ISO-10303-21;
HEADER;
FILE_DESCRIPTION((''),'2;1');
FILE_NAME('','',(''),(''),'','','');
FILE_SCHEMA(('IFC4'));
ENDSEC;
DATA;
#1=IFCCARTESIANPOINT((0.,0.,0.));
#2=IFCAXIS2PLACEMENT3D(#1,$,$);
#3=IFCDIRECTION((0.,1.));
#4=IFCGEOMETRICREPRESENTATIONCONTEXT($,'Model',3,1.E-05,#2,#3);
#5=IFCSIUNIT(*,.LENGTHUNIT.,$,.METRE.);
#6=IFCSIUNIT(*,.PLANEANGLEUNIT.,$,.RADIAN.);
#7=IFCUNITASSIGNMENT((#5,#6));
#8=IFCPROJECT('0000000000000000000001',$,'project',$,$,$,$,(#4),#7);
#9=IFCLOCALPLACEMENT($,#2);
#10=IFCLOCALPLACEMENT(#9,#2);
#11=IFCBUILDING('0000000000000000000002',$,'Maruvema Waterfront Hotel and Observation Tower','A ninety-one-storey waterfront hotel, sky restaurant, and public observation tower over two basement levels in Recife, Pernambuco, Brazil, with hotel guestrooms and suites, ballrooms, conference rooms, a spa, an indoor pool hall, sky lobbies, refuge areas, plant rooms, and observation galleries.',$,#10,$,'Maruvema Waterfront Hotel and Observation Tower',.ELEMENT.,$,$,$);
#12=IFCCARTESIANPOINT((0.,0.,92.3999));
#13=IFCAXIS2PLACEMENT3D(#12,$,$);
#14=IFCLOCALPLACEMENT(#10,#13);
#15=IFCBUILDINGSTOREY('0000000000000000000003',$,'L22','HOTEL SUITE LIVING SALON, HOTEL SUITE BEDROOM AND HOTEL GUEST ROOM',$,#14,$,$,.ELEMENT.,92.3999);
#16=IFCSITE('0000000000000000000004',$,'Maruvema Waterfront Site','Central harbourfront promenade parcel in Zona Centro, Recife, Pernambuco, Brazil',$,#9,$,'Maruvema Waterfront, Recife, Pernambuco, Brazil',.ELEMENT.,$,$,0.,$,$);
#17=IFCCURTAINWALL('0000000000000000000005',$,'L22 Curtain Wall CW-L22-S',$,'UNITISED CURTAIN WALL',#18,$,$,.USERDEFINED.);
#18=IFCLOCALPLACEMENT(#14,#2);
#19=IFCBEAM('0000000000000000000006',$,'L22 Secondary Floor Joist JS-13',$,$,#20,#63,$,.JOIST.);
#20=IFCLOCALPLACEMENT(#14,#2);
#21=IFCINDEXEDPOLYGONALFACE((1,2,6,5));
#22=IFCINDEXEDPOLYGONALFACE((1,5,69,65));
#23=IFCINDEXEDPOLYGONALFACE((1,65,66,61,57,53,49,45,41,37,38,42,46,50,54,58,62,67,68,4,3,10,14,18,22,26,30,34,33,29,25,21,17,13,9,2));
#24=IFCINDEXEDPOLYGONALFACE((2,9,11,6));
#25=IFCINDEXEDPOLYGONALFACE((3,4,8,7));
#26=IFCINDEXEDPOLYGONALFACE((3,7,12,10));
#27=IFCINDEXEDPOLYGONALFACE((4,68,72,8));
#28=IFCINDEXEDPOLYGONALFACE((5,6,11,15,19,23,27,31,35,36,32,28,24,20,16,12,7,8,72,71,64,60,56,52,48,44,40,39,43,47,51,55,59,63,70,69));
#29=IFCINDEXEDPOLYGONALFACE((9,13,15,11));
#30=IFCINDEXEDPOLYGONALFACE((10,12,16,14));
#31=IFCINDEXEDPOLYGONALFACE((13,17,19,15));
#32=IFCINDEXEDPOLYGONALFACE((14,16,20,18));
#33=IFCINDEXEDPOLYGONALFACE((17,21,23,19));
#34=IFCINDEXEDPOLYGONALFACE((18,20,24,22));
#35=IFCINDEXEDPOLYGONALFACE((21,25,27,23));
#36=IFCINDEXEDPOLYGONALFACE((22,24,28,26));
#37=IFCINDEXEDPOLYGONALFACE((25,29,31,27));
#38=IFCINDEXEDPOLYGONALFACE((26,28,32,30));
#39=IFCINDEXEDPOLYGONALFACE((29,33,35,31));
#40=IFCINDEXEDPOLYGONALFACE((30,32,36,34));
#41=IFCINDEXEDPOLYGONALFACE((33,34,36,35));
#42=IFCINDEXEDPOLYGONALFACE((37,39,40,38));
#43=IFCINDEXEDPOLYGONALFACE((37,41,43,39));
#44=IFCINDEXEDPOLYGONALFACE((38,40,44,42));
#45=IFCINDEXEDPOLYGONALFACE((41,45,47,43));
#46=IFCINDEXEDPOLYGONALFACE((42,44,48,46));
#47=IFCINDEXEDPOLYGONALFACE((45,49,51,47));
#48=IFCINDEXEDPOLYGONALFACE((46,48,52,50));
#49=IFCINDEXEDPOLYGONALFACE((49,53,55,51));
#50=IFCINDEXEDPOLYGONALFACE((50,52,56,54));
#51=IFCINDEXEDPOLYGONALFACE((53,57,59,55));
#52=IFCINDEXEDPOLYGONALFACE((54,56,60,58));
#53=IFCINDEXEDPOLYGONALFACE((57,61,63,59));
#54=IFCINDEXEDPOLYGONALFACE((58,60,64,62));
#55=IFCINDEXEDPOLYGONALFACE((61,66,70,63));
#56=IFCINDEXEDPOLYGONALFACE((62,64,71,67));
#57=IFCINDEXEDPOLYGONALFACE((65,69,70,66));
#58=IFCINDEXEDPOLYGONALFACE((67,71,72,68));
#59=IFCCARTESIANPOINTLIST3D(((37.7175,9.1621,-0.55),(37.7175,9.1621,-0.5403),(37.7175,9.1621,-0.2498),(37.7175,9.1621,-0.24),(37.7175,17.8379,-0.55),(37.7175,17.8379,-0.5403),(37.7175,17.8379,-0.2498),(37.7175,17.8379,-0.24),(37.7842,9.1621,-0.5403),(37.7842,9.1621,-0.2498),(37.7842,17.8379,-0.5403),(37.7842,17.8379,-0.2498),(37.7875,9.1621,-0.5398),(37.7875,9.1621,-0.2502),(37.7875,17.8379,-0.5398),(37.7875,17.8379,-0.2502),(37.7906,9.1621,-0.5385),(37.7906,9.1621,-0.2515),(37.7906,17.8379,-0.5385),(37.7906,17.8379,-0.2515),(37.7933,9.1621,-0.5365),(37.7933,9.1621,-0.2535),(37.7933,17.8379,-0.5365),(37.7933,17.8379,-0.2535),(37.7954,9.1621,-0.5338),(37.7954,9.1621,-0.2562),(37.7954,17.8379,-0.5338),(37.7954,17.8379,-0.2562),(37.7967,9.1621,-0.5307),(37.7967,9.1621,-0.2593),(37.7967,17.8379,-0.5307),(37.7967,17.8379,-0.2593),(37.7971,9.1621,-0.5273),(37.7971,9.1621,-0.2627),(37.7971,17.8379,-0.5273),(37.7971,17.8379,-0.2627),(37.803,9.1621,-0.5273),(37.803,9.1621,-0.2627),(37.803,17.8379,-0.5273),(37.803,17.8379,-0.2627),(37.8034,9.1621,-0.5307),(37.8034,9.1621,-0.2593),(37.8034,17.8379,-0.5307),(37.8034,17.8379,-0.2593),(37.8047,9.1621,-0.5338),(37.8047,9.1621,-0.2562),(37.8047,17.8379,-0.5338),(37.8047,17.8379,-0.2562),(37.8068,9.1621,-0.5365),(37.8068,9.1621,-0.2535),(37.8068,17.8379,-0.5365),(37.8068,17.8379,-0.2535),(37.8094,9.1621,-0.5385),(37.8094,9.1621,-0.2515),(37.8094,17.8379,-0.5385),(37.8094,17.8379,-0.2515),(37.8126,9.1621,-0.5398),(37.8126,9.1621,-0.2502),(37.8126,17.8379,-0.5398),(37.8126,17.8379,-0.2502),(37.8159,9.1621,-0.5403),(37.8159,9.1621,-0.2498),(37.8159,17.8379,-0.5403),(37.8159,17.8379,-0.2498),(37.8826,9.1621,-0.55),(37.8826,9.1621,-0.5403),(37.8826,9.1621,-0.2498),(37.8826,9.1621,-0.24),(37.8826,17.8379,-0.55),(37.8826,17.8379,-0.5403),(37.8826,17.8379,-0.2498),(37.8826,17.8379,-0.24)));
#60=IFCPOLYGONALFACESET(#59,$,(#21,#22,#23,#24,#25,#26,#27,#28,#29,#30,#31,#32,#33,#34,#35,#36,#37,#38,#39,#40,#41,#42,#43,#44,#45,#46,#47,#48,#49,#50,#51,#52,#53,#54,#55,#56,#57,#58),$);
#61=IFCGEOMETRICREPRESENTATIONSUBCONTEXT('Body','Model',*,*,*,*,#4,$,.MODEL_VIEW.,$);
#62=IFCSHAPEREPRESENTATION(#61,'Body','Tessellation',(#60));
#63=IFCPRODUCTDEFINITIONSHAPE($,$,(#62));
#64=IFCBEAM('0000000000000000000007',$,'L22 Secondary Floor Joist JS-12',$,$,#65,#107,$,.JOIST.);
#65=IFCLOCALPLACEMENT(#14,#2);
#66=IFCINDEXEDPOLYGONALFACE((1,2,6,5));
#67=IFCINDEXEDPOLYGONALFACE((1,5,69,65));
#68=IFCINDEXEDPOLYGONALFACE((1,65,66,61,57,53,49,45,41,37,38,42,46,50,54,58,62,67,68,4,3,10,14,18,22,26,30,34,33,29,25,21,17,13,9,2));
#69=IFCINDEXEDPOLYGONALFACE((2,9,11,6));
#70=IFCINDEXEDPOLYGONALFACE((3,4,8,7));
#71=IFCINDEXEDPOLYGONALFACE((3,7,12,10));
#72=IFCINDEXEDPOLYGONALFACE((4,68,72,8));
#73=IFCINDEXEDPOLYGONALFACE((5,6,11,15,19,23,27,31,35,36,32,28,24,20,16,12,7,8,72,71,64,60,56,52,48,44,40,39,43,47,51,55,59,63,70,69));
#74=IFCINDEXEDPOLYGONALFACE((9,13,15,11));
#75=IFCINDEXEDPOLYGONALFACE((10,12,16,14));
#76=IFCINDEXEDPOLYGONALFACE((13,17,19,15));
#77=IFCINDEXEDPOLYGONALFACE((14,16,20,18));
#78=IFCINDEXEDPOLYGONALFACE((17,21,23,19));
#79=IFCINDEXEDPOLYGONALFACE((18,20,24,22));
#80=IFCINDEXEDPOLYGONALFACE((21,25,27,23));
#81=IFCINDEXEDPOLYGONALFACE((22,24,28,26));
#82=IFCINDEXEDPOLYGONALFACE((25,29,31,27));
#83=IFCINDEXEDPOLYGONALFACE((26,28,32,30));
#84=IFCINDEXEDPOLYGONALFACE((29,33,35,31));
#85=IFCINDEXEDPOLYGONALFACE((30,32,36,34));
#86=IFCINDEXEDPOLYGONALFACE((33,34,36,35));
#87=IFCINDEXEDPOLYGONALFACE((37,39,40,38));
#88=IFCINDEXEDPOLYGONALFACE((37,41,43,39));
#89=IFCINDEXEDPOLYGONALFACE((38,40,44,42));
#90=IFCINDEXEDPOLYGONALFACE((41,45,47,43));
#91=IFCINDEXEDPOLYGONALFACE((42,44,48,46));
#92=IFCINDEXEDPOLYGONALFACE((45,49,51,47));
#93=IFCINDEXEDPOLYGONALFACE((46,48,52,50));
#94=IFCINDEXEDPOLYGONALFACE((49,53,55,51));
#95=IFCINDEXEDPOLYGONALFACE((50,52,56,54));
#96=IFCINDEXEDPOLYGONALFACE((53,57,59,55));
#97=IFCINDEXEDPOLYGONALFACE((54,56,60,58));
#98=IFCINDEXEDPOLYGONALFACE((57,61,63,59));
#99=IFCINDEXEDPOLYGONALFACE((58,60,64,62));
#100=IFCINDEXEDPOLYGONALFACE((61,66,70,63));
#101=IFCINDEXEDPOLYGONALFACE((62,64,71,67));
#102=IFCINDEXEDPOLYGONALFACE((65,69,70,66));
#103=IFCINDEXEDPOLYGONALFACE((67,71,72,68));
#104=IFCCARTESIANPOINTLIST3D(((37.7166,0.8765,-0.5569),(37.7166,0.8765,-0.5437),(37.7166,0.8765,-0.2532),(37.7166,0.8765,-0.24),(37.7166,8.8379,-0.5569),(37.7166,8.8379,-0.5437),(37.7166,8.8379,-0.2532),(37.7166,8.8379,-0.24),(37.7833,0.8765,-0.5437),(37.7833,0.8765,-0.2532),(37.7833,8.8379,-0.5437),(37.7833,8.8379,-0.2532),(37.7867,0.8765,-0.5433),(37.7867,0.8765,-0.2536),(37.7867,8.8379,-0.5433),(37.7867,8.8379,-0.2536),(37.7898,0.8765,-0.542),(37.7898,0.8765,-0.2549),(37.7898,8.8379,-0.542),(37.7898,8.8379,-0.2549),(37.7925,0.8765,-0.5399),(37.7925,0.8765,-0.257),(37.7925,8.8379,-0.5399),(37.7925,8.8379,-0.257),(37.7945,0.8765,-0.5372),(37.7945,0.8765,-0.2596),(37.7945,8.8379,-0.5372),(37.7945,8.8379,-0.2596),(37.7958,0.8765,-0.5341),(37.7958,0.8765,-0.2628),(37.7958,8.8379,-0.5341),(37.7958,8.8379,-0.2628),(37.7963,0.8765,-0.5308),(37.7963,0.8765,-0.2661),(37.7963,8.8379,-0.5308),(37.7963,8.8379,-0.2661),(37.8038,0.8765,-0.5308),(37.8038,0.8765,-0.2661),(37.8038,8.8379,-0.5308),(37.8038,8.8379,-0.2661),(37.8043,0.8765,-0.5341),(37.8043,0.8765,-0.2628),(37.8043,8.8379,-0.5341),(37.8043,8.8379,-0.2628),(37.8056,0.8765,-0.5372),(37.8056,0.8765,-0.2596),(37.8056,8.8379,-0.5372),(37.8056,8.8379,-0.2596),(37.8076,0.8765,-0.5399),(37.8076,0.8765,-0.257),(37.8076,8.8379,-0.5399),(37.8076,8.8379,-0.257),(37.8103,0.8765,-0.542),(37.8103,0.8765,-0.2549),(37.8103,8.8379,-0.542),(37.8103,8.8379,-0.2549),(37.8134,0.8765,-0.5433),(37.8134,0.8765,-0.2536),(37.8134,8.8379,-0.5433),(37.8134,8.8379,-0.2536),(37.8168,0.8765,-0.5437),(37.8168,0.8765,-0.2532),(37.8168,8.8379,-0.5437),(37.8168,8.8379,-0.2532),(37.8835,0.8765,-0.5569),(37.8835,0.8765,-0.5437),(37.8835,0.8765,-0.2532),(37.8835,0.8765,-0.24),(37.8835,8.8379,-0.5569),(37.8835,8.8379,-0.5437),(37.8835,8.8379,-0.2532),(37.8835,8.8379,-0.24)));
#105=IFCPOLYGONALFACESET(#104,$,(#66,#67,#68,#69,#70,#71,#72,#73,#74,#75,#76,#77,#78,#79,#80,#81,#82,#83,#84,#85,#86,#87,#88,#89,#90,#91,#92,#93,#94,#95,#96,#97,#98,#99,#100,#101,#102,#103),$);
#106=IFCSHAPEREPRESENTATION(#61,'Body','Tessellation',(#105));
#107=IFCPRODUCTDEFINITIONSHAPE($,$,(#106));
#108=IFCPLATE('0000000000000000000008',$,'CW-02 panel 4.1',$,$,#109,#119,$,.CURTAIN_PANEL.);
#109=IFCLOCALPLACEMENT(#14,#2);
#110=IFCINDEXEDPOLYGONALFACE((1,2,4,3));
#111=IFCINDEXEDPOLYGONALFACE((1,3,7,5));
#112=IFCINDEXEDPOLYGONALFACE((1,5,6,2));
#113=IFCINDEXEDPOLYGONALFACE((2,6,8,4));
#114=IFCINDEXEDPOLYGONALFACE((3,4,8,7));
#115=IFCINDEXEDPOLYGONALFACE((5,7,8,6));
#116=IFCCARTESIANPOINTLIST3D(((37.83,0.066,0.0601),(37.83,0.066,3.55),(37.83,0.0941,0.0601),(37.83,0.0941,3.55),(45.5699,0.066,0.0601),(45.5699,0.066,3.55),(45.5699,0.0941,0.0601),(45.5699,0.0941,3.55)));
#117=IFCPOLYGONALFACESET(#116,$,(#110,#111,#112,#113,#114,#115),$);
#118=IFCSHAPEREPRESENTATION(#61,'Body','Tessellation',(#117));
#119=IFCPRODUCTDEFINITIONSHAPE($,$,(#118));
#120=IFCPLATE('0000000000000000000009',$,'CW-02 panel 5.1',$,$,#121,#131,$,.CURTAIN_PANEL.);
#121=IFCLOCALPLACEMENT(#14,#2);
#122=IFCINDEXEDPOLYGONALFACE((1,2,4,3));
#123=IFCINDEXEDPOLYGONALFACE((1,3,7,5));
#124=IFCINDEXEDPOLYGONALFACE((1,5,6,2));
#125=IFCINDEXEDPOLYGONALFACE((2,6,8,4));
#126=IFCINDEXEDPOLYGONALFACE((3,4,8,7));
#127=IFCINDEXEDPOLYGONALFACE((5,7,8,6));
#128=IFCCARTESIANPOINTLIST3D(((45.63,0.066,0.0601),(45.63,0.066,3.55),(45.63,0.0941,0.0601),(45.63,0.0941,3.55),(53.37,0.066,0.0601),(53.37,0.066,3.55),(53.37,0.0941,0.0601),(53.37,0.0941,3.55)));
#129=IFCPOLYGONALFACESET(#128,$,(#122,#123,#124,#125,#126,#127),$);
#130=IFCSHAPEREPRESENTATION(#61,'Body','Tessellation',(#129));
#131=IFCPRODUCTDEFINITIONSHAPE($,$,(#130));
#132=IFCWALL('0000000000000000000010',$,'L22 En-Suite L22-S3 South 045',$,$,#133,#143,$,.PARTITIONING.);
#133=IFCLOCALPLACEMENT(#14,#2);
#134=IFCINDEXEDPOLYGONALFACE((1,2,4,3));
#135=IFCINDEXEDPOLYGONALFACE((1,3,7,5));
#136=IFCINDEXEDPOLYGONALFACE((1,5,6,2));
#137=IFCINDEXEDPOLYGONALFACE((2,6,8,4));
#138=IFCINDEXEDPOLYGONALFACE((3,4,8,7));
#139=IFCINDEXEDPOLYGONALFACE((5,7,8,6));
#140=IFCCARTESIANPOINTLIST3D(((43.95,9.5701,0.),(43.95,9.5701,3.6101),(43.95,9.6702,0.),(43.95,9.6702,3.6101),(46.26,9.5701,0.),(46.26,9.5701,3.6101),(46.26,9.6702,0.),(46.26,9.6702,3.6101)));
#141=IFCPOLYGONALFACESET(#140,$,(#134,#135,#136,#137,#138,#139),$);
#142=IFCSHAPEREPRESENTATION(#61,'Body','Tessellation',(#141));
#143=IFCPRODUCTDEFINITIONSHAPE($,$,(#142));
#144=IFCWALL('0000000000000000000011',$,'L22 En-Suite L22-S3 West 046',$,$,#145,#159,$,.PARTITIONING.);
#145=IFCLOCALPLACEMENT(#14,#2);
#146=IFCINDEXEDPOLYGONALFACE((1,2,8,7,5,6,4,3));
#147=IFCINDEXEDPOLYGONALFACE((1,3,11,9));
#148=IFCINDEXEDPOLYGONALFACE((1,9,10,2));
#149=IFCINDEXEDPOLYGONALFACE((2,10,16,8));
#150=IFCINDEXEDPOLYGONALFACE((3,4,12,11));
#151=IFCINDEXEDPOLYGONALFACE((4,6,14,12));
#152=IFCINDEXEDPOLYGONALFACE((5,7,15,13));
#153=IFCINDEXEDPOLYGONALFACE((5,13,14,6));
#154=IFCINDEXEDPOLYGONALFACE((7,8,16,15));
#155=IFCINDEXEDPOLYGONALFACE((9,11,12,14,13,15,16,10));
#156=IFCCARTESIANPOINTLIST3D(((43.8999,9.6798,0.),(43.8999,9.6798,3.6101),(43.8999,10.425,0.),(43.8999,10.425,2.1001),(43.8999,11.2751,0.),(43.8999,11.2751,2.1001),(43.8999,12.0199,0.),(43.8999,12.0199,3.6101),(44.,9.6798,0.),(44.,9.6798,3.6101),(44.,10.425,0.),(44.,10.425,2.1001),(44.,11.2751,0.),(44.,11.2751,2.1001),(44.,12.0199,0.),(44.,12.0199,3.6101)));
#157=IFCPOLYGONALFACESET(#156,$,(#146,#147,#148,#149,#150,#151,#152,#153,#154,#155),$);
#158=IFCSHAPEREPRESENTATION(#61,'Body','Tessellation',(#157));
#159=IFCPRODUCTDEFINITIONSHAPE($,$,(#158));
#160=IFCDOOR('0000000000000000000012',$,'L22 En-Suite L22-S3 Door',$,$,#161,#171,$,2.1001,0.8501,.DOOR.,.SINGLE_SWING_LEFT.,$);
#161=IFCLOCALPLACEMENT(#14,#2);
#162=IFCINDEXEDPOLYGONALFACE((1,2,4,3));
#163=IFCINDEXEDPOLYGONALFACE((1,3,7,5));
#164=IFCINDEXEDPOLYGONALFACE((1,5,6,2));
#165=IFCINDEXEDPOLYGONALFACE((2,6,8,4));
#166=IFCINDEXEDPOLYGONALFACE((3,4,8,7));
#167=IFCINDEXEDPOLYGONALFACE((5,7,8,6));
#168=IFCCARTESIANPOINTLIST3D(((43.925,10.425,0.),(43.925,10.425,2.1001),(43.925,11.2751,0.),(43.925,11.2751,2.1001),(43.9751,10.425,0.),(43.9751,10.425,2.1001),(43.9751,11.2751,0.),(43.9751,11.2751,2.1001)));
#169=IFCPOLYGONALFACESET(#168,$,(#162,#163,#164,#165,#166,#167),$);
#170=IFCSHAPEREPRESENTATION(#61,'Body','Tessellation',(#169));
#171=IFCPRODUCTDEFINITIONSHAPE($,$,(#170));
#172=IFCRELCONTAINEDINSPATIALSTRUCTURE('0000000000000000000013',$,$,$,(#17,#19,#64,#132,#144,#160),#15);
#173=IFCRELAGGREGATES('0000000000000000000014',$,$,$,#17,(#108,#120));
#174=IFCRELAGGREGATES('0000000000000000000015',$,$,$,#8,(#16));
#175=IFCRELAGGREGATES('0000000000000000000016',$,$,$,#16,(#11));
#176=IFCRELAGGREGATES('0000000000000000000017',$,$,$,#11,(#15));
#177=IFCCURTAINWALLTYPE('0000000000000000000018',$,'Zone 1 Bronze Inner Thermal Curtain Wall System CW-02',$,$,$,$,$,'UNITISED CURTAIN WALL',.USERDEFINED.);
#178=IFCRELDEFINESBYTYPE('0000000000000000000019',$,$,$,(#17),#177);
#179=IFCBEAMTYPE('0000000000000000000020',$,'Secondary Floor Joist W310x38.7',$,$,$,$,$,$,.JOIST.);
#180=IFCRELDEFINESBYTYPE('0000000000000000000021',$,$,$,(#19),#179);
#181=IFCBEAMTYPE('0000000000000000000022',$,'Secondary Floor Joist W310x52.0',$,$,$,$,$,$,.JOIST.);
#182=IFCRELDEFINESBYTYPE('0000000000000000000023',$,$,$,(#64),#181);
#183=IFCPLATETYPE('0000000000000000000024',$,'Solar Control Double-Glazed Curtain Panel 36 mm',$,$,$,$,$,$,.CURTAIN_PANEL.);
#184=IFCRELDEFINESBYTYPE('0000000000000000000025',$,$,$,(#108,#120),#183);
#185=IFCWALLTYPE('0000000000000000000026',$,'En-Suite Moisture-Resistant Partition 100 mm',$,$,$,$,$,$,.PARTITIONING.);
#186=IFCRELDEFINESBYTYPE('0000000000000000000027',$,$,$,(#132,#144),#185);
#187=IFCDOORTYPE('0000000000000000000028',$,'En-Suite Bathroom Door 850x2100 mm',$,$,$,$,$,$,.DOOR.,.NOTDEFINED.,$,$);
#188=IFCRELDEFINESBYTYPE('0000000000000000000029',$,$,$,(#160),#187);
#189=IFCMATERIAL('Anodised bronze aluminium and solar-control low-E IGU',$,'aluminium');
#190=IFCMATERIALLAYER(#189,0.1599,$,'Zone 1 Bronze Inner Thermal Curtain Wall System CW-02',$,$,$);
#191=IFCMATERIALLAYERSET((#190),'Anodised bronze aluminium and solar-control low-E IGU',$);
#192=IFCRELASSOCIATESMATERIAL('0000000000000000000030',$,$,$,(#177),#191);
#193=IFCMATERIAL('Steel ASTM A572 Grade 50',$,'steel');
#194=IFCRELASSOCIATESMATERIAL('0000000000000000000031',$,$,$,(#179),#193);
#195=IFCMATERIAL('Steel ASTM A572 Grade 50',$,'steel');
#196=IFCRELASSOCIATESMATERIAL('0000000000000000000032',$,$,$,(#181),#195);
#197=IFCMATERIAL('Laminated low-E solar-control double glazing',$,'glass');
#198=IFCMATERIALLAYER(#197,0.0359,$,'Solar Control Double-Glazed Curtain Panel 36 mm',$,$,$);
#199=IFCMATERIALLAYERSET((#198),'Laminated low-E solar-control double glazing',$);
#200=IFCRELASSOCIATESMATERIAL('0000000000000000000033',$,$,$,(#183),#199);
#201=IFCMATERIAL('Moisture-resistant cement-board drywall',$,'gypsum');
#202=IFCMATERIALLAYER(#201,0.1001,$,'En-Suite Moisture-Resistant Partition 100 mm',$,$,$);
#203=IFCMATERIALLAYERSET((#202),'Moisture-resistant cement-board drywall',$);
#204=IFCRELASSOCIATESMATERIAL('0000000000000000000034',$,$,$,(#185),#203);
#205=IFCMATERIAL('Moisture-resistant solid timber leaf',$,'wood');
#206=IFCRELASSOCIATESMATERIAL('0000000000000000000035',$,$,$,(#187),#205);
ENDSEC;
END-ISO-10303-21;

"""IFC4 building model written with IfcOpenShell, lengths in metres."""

from ifc_helpers import new_model, si_unit, direction, frame, frame_2d, origin, origin_2d, place, context, subcontext, project, spatial, rectangle, i_section, extrude, material, layer, layer_set, material_profile, profile_set, type_object, element, fill, aggregate, save


model = new_model("IFC4")

# Units and contexts
model_context = context("Model", 3, precision=1e-05, world=origin(), true_north=direction((0.0, 1.0)))
body_context = subcontext(model_context, "Body", "Model", "MODEL_VIEW")
ifc_project = project(units=[si_unit("LENGTHUNIT", "METRE"), si_unit("PLANEANGLEUNIT", "RADIAN")], contexts=[model_context])

# Site, building, storey
site_placement = place(None, origin())
site = spatial("IfcSite", under=ifc_project, at=site_placement, Name="Maruvema Waterfront Site", Description="Central harbourfront promenade parcel in Zona Centro, Recife, Pernambuco, Brazil", LongName="Maruvema Waterfront, Recife, Pernambuco, Brazil", CompositionType="ELEMENT", RefElevation=0.0)
building_placement = place(site_placement, origin())
building = spatial("IfcBuilding", under=site, at=building_placement, Name="Maruvema Waterfront Hotel and Observation Tower", Description="A ninety-one-storey waterfront hotel, sky restaurant, and public observation tower over two basement levels in Recife, Pernambuco, Brazil, with hotel guestrooms and suites, ballrooms, conference rooms, a spa, an indoor pool hall, sky lobbies, refuge areas, plant rooms, and observation galleries.", LongName="Maruvema Waterfront Hotel and Observation Tower", CompositionType="ELEMENT")
storey_placement = place(building_placement, frame((0.0, 0.0, 92.3999)))
storey = spatial("IfcBuildingStorey", under=building, at=storey_placement, Name="L22", Description="HOTEL SUITE LIVING SALON, HOTEL SUITE BEDROOM AND HOTEL GUEST ROOM", CompositionType="ELEMENT", Elevation=92.3999)

# Curtain wall
ifc_material_1 = material(Name="Anodised bronze aluminium and solar-control low-E IGU", Category="aluminium")
ifc_layer_1 = layer(ifc_material_1, 0.1599, Name="Zone 1 Bronze Inner Thermal Curtain Wall System CW-02")
ifc_layer_set_1 = layer_set([ifc_layer_1], Name="Anodised bronze aluminium and solar-control low-E IGU")
curtain_wall_type = type_object("IfcCurtainWallType", Name="Zone 1 Bronze Inner Thermal Curtain Wall System CW-02", ElementType="UNITISED CURTAIN WALL", PredefinedType="USERDEFINED", material=ifc_layer_set_1)
curtain_wall_placement = place(storey_placement, origin())
curtain_wall = element("IfcCurtainWall", 1, at=curtain_wall_placement, inside=storey, type_object=curtain_wall_type, Name="L22 Curtain Wall CW-L22-S", ObjectType="UNITISED CURTAIN WALL", PredefinedType="USERDEFINED")

# Beams
ifc_material_2 = material(Name="Steel ASTM A572 Grade 50", Category="steel")
ifc_material_profile_1 = material_profile(ifc_material_2, i_section(OverallWidth=0.165, OverallDepth=0.3101, WebThickness=0.0059, FlangeThickness=0.0098, FilletRadius=0.0129, at=origin_2d()), Name="W310x38.7")
ifc_profile_set_1 = profile_set([ifc_material_profile_1], Name="Steel ASTM A572 Grade 50")
beam_type_1 = type_object("IfcBeamType", Name="Secondary Floor Joist W310x38.7", PredefinedType="JOIST", material=ifc_profile_set_1)
beam_1_placement = place(storey_placement, frame((37.8, 9.1621, -0.395), z_axis=(0.0, 1.0, 0.0), x_axis=(-1.0, 0.0, 0.0)))
element("IfcBeam", 2, at=beam_1_placement, inside=storey, type_object=beam_type_1, Name="L22 Secondary Floor Joist JS-13", PredefinedType="JOIST", context=body_context, shape_type="SweptSolid", body=[
    extrude(i_section(OverallWidth=0.165, OverallDepth=0.3101, WebThickness=0.0059, FlangeThickness=0.0098, FilletRadius=0.0129, at=origin_2d()), origin(), (0.0, 0.0, 1.0), 8.6758),
])
ifc_material_3 = material(Name="Steel ASTM A572 Grade 50", Category="steel")
ifc_material_profile_2 = material_profile(ifc_material_3, i_section(OverallWidth=0.167, OverallDepth=0.3169, WebThickness=0.0076, FlangeThickness=0.0132, FilletRadius=0.0129, at=origin_2d()), Name="W310x52.0")
ifc_profile_set_2 = profile_set([ifc_material_profile_2], Name="Steel ASTM A572 Grade 50")
beam_type_2 = type_object("IfcBeamType", Name="Secondary Floor Joist W310x52.0", PredefinedType="JOIST", material=ifc_profile_set_2)
beam_2_placement = place(storey_placement, frame((37.8, 0.8765, -0.3984), z_axis=(0.0, 1.0, 0.0), x_axis=(-1.0, 0.0, 0.0)))
element("IfcBeam", 3, at=beam_2_placement, inside=storey, type_object=beam_type_2, Name="L22 Secondary Floor Joist JS-12", PredefinedType="JOIST", context=body_context, shape_type="SweptSolid", body=[
    extrude(i_section(OverallWidth=0.167, OverallDepth=0.3169, WebThickness=0.0076, FlangeThickness=0.0132, FilletRadius=0.0129, at=origin_2d()), origin(), (0.0, 0.0, 1.0), 7.9614),
])

# Plates
ifc_material_4 = material(Name="Laminated low-E solar-control double glazing", Category="glass")
ifc_layer_2 = layer(ifc_material_4, 0.0359, Name="Solar Control Double-Glazed Curtain Panel 36 mm")
ifc_layer_set_2 = layer_set([ifc_layer_2], Name="Laminated low-E solar-control double glazing")
plate_type = type_object("IfcPlateType", Name="Solar Control Double-Glazed Curtain Panel 36 mm", PredefinedType="CURTAIN_PANEL", material=ifc_layer_set_2)
plate_1_placement = place(storey_placement, frame((41.7, 0.0801, 0.0601), z_axis=(0.0, 0.0, 1.0), x_axis=(1.0, 0.0, 0.0)))
plate_1 = element("IfcPlate", 4, at=plate_1_placement, type_object=plate_type, Name="CW-02 panel 4.1", PredefinedType="CURTAIN_PANEL", context=body_context, shape_type="SweptSolid", body=[
    extrude(rectangle(XDim=7.74, YDim=0.0281, at=origin_2d()), origin(), (0.0, 0.0, 1.0), 3.49),
])
plate_2_placement = place(storey_placement, frame((49.5, 0.0801, 0.0601), z_axis=(0.0, 0.0, 1.0), x_axis=(1.0, 0.0, 0.0)))
plate_2 = element("IfcPlate", 5, at=plate_2_placement, type_object=plate_type, Name="CW-02 panel 5.1", PredefinedType="CURTAIN_PANEL", context=body_context, shape_type="SweptSolid", body=[
    extrude(rectangle(XDim=7.74, YDim=0.0281, at=origin_2d()), origin(), (0.0, 0.0, 1.0), 3.49),
])
aggregate(curtain_wall, [plate_1, plate_2])

# Wall
ifc_material_5 = material(Name="Moisture-resistant cement-board drywall", Category="gypsum")
ifc_layer_3 = layer(ifc_material_5, 0.1001, Name="En-Suite Moisture-Resistant Partition 100 mm")
ifc_layer_set_3 = layer_set([ifc_layer_3], Name="Moisture-resistant cement-board drywall")
wall_type_1 = type_object("IfcWallType", Name="En-Suite Moisture-Resistant Partition 100 mm", PredefinedType="PARTITIONING", material=ifc_layer_set_3)
wall_1_placement = place(storey_placement, frame((43.95, 9.6201, 0.0), z_axis=(0.0, 0.0, 1.0), x_axis=(1.0, 0.0, 0.0)))
element("IfcWall", 6, at=wall_1_placement, inside=storey, type_object=wall_type_1, Name="L22 En-Suite L22-S3 South 045", PredefinedType="PARTITIONING", context=body_context, shape_type="SweptSolid", body=[
    extrude(rectangle(XDim=2.3101, YDim=0.1001, at=frame_2d((1.155, 0.0))), origin(), (0.0, 0.0, 1.0), 3.6101),
])

# Wall, opening, door
wall_2_placement = place(storey_placement, frame((43.95, 9.6799, 0.0), z_axis=(0.0, 0.0, 1.0), x_axis=(0.0, 1.0, 0.0)))
wall_2 = element("IfcWall", 7, at=wall_2_placement, inside=storey, type_object=wall_type_1, Name="L22 En-Suite L22-S3 West 046", PredefinedType="PARTITIONING", context=body_context, shape_type="SweptSolid", body=[
    extrude(rectangle(XDim=2.3401, YDim=0.1001, at=frame_2d((1.1699, 0.0))), origin(), (0.0, 0.0, 1.0), 3.6101),
])
opening_1_placement = place(wall_2_placement, frame((0.7451, 0.0, 0.0)))
opening_1 = element("IfcOpeningElement", 8, at=opening_1_placement, cuts=wall_2, PredefinedType="OPENING", context=body_context, shape_type="SweptSolid", body=[
    extrude(rectangle(XDim=0.8501, YDim=2.1001, at=frame_2d((0.425, 1.05))), frame((0.0, 0.0601, 0.0), z_axis=(0.0, -1.0, 0.0), x_axis=(1.0, 0.0, 0.0)), (0.0, 0.0, 1.0), 0.1201),
])
ifc_material_6 = material(Name="Moisture-resistant solid timber leaf", Category="wood")
door_type_1 = type_object("IfcDoorType", Name="En-Suite Bathroom Door 850x2100 mm", OperationType="NOTDEFINED", PredefinedType="DOOR", material=ifc_material_6)
door_1_placement = place(opening_1_placement, origin())
door_1 = element("IfcDoor", 9, at=door_1_placement, inside=storey, type_object=door_type_1, Name="L22 En-Suite L22-S3 Door", OperationType="SINGLE_SWING_LEFT", OverallHeight=2.1001, OverallWidth=0.8501, PredefinedType="DOOR", context=body_context, shape_type="SweptSolid", body=[
    extrude(rectangle(XDim=0.8501, YDim=2.1001, at=frame_2d((0.425, 1.05))), frame((0.0, 0.0249, 0.0), z_axis=(0.0, -1.0, 0.0), x_axis=(1.0, 0.0, 0.0)), (0.0, 0.0, 1.0), 0.05),
])
fill(opening_1, door_1)

save(model, "model.ifc")
